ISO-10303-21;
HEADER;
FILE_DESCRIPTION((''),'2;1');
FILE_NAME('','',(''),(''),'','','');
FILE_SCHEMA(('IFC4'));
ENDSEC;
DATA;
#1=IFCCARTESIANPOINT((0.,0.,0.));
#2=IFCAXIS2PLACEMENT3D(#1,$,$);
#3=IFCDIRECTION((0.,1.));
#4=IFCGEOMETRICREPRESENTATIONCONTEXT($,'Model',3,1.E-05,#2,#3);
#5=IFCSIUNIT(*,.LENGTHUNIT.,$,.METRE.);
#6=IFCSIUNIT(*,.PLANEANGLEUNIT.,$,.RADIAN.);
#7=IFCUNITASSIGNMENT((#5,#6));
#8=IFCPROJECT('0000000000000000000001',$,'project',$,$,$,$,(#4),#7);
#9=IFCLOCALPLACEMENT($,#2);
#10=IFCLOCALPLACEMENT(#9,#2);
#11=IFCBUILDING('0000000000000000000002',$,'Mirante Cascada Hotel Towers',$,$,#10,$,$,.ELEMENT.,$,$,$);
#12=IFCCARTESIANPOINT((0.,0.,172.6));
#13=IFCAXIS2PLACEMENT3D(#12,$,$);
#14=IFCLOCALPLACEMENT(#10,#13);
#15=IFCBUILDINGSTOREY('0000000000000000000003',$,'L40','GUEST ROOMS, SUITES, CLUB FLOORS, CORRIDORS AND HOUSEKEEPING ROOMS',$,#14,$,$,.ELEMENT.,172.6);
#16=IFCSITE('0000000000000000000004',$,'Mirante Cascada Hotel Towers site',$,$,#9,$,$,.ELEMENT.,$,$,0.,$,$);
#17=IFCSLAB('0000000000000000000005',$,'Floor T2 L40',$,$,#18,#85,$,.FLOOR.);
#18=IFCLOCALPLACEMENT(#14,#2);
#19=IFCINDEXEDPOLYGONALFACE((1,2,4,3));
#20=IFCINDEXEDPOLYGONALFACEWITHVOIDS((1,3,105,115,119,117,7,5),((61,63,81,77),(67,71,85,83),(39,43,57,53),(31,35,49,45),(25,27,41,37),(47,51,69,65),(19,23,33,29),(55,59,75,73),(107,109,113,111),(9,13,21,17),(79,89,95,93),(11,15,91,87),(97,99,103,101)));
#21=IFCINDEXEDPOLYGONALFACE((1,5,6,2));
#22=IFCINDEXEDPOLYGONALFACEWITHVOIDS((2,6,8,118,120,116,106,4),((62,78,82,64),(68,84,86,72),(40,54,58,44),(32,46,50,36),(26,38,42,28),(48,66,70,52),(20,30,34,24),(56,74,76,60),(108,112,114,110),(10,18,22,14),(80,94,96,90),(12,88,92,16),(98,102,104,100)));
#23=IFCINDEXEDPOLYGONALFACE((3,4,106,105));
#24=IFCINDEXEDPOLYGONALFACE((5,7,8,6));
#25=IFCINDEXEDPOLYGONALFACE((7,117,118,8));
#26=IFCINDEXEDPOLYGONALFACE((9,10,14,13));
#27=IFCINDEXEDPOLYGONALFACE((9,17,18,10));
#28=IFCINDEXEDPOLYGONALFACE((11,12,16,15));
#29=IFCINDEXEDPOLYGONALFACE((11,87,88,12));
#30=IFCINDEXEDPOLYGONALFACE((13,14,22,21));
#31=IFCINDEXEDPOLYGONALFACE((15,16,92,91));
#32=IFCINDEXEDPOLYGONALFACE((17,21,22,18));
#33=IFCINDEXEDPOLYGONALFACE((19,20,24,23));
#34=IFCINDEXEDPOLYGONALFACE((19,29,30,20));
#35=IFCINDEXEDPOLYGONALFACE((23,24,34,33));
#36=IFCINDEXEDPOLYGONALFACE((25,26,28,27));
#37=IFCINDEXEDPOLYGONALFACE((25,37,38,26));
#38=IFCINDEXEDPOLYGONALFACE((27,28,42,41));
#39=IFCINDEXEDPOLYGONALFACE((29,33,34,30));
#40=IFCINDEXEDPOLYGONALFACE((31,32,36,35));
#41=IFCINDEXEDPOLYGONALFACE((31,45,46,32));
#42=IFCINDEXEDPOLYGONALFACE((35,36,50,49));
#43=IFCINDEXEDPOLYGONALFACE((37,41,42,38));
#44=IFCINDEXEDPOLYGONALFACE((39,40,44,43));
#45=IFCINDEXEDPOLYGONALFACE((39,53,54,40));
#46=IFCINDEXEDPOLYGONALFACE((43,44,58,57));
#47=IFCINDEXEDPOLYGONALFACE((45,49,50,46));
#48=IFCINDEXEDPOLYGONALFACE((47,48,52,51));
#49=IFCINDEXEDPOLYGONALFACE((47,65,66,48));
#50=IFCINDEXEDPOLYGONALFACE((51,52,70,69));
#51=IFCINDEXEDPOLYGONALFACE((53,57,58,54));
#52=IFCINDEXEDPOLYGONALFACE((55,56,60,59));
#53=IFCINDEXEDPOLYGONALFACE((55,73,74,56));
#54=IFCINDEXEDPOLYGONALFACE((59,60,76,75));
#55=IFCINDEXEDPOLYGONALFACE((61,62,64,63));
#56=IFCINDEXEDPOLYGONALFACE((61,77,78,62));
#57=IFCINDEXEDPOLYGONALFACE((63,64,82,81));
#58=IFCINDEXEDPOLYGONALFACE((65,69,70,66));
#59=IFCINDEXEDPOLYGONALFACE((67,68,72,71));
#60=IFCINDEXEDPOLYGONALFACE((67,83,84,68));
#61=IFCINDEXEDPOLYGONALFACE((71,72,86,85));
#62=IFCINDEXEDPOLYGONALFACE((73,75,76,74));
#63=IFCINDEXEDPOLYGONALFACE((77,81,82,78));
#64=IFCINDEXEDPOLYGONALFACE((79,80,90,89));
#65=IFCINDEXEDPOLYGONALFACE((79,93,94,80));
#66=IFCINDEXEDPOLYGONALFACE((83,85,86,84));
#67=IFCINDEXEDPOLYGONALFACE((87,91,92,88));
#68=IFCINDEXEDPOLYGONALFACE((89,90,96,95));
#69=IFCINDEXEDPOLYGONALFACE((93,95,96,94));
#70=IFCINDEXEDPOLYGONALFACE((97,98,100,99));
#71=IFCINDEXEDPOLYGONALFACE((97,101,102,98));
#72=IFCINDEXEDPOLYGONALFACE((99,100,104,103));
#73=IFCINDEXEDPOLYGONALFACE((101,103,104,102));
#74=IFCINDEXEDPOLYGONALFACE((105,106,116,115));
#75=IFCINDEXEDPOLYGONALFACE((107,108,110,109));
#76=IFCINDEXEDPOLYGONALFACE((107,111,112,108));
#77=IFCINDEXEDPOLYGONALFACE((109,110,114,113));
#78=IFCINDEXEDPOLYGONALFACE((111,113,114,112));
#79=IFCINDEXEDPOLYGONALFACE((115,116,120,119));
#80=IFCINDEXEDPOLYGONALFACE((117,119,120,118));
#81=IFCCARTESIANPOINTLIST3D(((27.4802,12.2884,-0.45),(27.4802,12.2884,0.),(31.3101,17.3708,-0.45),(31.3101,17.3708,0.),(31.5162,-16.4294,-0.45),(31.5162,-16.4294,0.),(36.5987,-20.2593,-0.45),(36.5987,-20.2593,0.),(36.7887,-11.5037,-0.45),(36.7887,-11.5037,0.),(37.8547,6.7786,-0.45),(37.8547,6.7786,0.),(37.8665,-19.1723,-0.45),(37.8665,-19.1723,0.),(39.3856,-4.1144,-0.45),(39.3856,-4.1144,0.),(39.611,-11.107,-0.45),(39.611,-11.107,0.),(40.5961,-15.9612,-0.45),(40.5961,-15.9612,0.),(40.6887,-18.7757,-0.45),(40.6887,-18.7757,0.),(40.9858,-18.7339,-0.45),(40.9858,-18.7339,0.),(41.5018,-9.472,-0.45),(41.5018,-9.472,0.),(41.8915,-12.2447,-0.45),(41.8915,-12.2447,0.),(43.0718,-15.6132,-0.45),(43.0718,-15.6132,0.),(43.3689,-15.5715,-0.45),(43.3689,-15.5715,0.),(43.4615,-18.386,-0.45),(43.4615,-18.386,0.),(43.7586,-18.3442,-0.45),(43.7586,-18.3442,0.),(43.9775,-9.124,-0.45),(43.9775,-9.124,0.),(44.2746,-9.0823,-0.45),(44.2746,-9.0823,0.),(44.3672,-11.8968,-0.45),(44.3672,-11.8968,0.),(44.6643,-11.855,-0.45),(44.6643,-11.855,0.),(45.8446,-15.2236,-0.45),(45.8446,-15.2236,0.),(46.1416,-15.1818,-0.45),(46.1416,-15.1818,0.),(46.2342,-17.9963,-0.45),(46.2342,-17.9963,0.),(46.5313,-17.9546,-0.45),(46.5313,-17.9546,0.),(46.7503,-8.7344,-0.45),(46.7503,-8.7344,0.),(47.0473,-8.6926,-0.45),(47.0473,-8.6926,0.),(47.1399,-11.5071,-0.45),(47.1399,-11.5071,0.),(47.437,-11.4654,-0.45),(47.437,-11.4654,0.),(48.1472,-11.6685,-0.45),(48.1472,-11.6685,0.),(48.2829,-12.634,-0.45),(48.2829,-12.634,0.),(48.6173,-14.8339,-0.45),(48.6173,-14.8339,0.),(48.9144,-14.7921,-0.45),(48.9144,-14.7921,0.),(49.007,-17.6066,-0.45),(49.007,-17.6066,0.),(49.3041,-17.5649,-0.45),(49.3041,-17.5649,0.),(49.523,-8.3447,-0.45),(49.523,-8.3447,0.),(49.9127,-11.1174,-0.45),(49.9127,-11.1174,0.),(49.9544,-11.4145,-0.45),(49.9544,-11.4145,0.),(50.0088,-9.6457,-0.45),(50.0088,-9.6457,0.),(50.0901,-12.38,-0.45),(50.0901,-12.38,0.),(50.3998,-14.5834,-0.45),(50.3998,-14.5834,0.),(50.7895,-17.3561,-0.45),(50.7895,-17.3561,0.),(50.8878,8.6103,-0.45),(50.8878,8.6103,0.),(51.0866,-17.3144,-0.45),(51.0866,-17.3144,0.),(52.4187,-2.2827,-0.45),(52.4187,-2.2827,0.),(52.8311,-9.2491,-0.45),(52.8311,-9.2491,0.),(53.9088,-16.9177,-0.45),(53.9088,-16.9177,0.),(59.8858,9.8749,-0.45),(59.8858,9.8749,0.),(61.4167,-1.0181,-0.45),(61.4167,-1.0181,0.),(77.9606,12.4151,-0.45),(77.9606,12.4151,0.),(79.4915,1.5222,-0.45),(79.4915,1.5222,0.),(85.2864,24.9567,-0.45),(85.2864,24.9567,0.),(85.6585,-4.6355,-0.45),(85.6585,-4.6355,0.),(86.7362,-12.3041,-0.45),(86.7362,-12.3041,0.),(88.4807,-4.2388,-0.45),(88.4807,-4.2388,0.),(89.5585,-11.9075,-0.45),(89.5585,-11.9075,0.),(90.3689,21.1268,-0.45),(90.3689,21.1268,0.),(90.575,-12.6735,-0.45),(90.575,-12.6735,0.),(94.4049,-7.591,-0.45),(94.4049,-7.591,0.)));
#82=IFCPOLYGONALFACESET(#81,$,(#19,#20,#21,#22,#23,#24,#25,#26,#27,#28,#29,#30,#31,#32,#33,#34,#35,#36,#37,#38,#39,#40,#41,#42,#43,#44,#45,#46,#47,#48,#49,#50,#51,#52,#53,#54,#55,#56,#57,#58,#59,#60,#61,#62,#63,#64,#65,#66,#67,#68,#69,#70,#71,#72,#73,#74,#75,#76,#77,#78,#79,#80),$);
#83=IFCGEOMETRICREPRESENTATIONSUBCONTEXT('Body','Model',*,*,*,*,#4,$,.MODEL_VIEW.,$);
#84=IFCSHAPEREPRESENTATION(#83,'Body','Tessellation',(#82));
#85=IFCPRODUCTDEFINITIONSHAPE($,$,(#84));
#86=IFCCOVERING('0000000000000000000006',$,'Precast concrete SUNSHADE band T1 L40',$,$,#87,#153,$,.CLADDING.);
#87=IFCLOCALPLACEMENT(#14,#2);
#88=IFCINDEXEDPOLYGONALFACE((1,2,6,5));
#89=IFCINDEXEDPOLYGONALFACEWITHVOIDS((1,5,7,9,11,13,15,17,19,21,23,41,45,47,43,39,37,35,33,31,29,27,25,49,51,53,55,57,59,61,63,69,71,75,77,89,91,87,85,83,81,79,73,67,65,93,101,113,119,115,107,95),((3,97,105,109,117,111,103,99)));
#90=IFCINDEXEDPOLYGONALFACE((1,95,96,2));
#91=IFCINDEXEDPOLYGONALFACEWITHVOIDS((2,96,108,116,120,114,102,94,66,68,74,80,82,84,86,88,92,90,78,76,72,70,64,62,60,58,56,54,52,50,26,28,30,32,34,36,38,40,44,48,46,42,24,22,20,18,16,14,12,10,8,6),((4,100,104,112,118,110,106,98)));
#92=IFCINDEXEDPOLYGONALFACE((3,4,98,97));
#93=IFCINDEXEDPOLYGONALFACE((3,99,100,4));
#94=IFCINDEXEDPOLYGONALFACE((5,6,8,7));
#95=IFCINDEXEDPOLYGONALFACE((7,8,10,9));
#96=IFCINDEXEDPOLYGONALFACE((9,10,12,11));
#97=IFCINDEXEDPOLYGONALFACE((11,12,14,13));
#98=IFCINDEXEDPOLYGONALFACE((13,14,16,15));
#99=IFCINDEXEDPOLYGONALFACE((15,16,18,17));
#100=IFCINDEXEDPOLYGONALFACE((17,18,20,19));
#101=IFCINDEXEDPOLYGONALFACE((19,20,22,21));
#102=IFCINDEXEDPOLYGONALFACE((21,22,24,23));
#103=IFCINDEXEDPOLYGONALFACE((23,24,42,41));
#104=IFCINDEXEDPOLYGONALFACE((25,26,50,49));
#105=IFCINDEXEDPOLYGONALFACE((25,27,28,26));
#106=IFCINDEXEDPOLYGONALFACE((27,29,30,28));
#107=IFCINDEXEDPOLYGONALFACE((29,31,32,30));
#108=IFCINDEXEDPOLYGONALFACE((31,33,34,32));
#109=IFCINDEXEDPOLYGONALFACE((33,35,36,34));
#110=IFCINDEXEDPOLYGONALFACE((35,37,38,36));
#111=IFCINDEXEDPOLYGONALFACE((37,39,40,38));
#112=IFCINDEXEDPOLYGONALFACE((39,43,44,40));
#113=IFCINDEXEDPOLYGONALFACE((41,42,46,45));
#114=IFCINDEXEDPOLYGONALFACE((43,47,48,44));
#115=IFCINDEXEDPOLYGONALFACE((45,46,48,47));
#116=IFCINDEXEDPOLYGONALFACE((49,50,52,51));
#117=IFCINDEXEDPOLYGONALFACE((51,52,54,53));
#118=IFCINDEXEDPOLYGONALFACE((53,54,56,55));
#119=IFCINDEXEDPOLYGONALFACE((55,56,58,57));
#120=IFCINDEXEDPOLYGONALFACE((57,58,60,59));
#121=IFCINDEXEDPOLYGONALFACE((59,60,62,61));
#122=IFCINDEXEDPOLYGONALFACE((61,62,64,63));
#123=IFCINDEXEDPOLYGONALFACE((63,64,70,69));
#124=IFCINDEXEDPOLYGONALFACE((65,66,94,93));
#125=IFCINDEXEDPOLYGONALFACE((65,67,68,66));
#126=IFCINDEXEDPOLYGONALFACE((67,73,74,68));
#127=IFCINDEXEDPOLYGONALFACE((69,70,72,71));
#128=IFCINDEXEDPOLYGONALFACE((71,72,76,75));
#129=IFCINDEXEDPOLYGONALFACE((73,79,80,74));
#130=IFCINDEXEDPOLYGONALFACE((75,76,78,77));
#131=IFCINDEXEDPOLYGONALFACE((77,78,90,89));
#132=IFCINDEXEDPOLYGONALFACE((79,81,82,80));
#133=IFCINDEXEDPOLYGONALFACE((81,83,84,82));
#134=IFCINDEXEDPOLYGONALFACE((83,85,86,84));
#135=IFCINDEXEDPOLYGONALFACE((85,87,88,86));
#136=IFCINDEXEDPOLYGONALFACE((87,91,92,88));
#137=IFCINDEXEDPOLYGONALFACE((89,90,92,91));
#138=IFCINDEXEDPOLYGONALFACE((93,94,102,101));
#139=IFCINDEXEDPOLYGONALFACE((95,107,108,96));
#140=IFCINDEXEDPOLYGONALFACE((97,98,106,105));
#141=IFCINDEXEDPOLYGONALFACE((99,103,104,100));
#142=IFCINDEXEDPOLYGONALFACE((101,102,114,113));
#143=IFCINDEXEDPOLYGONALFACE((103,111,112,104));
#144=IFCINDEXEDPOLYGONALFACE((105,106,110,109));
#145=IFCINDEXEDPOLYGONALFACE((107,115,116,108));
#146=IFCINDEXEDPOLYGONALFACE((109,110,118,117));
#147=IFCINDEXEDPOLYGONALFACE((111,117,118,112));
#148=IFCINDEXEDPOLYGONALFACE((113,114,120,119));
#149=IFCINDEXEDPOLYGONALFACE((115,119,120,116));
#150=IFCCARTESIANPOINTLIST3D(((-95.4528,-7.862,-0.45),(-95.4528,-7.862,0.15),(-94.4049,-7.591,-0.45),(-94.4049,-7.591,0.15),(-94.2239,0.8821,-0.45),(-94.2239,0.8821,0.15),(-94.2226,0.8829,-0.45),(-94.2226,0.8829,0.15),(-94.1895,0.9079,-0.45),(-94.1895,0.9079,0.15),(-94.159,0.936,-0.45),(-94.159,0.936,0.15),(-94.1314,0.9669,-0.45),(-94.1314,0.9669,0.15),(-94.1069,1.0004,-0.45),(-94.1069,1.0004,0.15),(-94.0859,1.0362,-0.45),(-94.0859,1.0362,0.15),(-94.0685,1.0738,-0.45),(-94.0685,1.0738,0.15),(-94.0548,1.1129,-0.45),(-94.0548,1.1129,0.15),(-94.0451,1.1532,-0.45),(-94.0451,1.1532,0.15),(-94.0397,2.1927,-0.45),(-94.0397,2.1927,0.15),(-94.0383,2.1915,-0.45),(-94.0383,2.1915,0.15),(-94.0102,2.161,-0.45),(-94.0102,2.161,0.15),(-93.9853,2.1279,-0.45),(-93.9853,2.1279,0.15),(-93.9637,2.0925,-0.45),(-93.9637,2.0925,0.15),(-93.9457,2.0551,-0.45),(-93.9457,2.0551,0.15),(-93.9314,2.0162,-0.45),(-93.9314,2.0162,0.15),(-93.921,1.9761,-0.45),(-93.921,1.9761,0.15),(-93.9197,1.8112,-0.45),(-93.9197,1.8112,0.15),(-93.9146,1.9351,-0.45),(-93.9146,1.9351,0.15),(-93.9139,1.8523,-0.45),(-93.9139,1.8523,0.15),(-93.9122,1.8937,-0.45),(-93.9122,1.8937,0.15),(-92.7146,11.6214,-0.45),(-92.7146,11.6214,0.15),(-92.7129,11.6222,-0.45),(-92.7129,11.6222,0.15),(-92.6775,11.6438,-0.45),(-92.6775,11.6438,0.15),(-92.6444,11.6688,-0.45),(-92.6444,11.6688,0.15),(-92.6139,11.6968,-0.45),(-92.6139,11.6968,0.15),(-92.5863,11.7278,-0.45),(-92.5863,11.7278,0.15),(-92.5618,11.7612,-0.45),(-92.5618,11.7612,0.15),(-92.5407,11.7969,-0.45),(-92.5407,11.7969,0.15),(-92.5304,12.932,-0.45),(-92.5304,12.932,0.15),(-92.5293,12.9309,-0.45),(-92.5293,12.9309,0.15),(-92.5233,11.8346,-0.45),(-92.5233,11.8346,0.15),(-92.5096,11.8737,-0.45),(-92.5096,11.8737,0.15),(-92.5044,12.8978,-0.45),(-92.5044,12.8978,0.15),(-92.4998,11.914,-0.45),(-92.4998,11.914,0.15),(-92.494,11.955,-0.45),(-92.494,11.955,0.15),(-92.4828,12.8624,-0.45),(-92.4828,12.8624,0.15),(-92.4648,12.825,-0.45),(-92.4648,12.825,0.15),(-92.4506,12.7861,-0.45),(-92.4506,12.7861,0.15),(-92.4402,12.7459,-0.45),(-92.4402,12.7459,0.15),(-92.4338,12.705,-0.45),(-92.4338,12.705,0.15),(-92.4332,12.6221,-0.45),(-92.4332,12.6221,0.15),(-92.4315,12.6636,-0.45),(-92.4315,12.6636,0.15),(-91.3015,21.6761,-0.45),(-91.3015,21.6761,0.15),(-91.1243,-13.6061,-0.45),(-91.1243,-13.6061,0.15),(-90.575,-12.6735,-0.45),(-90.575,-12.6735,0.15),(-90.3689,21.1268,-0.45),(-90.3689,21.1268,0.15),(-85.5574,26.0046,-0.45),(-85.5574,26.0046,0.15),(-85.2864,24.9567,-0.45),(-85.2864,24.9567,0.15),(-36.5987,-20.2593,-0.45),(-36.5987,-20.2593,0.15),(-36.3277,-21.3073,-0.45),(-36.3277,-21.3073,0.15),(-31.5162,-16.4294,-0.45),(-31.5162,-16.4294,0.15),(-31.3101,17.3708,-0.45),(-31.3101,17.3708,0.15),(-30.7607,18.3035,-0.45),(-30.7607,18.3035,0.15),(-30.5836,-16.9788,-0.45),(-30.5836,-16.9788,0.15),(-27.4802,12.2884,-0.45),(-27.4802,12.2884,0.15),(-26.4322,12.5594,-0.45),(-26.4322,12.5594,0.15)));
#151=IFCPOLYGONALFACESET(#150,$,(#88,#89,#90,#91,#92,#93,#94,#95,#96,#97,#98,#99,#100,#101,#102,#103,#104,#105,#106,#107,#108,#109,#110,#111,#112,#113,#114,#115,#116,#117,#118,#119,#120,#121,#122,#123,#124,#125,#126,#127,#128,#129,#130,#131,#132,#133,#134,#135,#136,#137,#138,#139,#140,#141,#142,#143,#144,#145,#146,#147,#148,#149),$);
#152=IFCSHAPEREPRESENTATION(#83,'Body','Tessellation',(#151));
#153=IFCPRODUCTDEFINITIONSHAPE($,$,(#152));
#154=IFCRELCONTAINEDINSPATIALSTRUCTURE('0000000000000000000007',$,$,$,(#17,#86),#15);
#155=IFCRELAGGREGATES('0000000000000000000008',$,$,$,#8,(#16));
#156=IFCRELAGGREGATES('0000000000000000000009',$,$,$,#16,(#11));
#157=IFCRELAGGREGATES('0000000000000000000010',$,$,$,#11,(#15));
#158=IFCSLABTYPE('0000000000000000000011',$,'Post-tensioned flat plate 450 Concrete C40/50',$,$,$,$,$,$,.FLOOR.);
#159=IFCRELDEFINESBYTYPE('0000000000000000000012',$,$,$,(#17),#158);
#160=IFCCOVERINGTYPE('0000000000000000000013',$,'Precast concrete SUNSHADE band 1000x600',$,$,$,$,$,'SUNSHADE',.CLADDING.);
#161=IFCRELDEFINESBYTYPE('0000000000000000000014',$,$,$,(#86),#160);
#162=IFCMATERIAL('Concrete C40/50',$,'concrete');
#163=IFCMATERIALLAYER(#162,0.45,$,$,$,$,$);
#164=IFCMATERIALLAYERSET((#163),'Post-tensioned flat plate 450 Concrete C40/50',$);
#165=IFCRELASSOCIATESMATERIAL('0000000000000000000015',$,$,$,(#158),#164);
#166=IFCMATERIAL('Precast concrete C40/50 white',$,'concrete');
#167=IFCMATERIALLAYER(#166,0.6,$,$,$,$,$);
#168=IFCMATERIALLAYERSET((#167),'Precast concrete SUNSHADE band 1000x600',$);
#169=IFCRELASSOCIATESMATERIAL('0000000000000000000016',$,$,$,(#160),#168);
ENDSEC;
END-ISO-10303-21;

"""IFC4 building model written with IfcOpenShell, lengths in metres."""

from ifc_helpers import new_model, si_unit, direction, frame, origin, place, context, subcontext, project, spatial, polyline, outline, extrude, material, layer, layer_set, type_object, element, save


model = new_model("IFC4")

# Units and contexts
model_context = context("Model", 3, precision=1e-05, world=origin(), true_north=direction((0.0, 1.0)))
body_context = subcontext(model_context, "Body", "Model", "MODEL_VIEW")
ifc_project = project(units=[si_unit("LENGTHUNIT", "METRE"), si_unit("PLANEANGLEUNIT", "RADIAN")], contexts=[model_context])

# Site, building, storey
site_placement = place(None, origin())
site = spatial("IfcSite", under=ifc_project, at=site_placement, Name="Mirante Cascada Hotel Towers site", CompositionType="ELEMENT", RefElevation=0.0)
building_placement = place(site_placement, origin())
building = spatial("IfcBuilding", under=site, at=building_placement, Name="Mirante Cascada Hotel Towers", CompositionType="ELEMENT")
storey_placement = place(building_placement, frame((0.0, 0.0, 172.6)))
storey = spatial("IfcBuildingStorey", under=building, at=storey_placement, Name="L40", Description="GUEST ROOMS, SUITES, CLUB FLOORS, CORRIDORS AND HOUSEKEEPING ROOMS", CompositionType="ELEMENT", Elevation=172.6)

# Slab
ifc_material_1 = material(Name="Concrete C40/50", Category="concrete")
ifc_layer_1 = layer(ifc_material_1, 0.45)
ifc_layer_set_1 = layer_set([ifc_layer_1], Name="Post-tensioned flat plate 450 Concrete C40/50")
slab_type = type_object("IfcSlabType", Name="Post-tensioned flat plate 450 Concrete C40/50", PredefinedType="FLOOR", material=ifc_layer_set_1)
slab_1_placement = place(storey_placement, frame((0.0, 0.0, -0.45)))
element("IfcSlab", 1, at=slab_1_placement, inside=storey, type_object=slab_type, Name="Floor T2 L40", PredefinedType="FLOOR", context=body_context, shape_type="SweptSolid", body=[
    extrude(outline(polyline([(31.5162, -16.4294), (27.4802, 12.2884), (31.3101, 17.3708), (85.2864, 24.9567), (90.3689, 21.1268), (94.4049, -7.591), (90.575, -12.6735), (36.5987, -20.2593), (31.5162, -16.4294)]), holes=[polyline([(40.5961, -15.9612), (40.9858, -18.7339), (43.4615, -18.386), (43.0718, -15.6132), (40.5961, -15.9612)]), polyline([(45.8446, -15.2236), (43.3689, -15.5715), (43.7586, -18.3442), (46.2342, -17.9963), (45.8446, -15.2236)]), polyline([(48.6173, -14.8339), (46.1416, -15.1818), (46.5313, -17.9546), (49.007, -17.6066), (48.6173, -14.8339)]), polyline([(40.6887, -18.7757), (39.611, -11.107), (36.7887, -11.5037), (37.8665, -19.1723), (40.6887, -18.7757)]), polyline([(43.9775, -9.124), (41.5018, -9.472), (41.8915, -12.2447), (44.3672, -11.8968), (43.9775, -9.124)]), polyline([(46.7503, -8.7344), (44.2746, -9.0823), (44.6643, -11.855), (47.1399, -11.5071), (46.7503, -8.7344)]), polyline([(48.9144, -14.7921), (49.3041, -17.5649), (50.7895, -17.3561), (50.3998, -14.5834), (48.9144, -14.7921)]), polyline([(51.0866, -17.3144), (53.9088, -16.9177), (52.8311, -9.2491), (50.0088, -9.6457), (51.0866, -17.3144)]), polyline([(86.7362, -12.3041), (89.5585, -11.9075), (88.4807, -4.2388), (85.6585, -4.6355), (86.7362, -12.3041)]), polyline([(48.1472, -11.6685), (48.2829, -12.634), (50.0901, -12.38), (49.9544, -11.4145), (48.1472, -11.6685)]), polyline([(49.523, -8.3447), (47.0473, -8.6926), (47.437, -11.4654), (49.9127, -11.1174), (49.523, -8.3447)]), polyline([(77.9606, 12.4151), (79.4915, 1.5222), (61.4167, -1.0181), (61.4167, -1.0181), (59.8858, 9.8749), (77.9606, 12.4151)]), polyline([(39.3856, -4.1144), (37.8547, 6.7786), (50.8878, 8.6103), (52.4187, -2.2827), (52.4187, -2.2827), (39.3856, -4.1144)])]), origin(), (0.0, 0.0, 1.0), 0.45),
])

# Covering
ifc_material_2 = material(Name="Precast concrete C40/50 white", Category="concrete")
ifc_layer_2 = layer(ifc_material_2, 0.6)
ifc_layer_set_2 = layer_set([ifc_layer_2], Name="Precast concrete SUNSHADE band 1000x600")
covering_type = type_object("IfcCoveringType", Name="Precast concrete SUNSHADE band 1000x600", ElementType="SUNSHADE", PredefinedType="CLADDING", material=ifc_layer_set_2)
covering_placement = place(storey_placement, frame((0.0, 0.0, -0.45)))
element("IfcCovering", 2, at=covering_placement, inside=storey, type_object=covering_type, Name="Precast concrete SUNSHADE band T1 L40", PredefinedType="CLADDING", context=body_context, shape_type="SweptSolid", body=[
    extrude(outline(polyline([(-95.4528, -7.862), (-94.2239, 0.8821), (-94.2226, 0.8829), (-94.1895, 0.9079), (-94.159, 0.936), (-94.1314, 0.9669), (-94.1069, 1.0004), (-94.0859, 1.0362), (-94.0685, 1.0738), (-94.0548, 1.1129), (-94.0451, 1.1532), (-93.9197, 1.8112), (-93.9139, 1.8523), (-93.9122, 1.8937), (-93.9146, 1.9351), (-93.921, 1.9761), (-93.9314, 2.0162), (-93.9457, 2.0551), (-93.9637, 2.0925), (-93.9853, 2.1279), (-94.0102, 2.161), (-94.0383, 2.1915), (-94.0397, 2.1927), (-92.7146, 11.6214), (-92.7129, 11.6222), (-92.6775, 11.6438), (-92.6444, 11.6688), (-92.6139, 11.6968), (-92.5863, 11.7278), (-92.5618, 11.7612), (-92.5407, 11.7969), (-92.5233, 11.8346), (-92.5096, 11.8737), (-92.4998, 11.914), (-92.494, 11.955), (-92.4332, 12.6221), (-92.4315, 12.6636), (-92.4338, 12.705), (-92.4402, 12.7459), (-92.4506, 12.7861), (-92.4648, 12.825), (-92.4828, 12.8624), (-92.5044, 12.8978), (-92.5293, 12.9309), (-92.5304, 12.932), (-91.3015, 21.6761), (-85.5574, 26.0046), (-30.7607, 18.3035), (-26.4322, 12.5594), (-30.5836, -16.9788), (-36.3277, -21.3073), (-91.1243, -13.6061), (-95.4528, -7.862)]), holes=[polyline([(-27.4802, 12.2884), (-31.3101, 17.3708), (-85.2864, 24.9567), (-90.3689, 21.1268), (-94.4049, -7.591), (-90.575, -12.6735), (-36.5987, -20.2593), (-31.5162, -16.4294), (-27.4802, 12.2884)])]), origin(), (0.0, 0.0, 1.0), 0.6),
])

save(model, "model.ifc")
